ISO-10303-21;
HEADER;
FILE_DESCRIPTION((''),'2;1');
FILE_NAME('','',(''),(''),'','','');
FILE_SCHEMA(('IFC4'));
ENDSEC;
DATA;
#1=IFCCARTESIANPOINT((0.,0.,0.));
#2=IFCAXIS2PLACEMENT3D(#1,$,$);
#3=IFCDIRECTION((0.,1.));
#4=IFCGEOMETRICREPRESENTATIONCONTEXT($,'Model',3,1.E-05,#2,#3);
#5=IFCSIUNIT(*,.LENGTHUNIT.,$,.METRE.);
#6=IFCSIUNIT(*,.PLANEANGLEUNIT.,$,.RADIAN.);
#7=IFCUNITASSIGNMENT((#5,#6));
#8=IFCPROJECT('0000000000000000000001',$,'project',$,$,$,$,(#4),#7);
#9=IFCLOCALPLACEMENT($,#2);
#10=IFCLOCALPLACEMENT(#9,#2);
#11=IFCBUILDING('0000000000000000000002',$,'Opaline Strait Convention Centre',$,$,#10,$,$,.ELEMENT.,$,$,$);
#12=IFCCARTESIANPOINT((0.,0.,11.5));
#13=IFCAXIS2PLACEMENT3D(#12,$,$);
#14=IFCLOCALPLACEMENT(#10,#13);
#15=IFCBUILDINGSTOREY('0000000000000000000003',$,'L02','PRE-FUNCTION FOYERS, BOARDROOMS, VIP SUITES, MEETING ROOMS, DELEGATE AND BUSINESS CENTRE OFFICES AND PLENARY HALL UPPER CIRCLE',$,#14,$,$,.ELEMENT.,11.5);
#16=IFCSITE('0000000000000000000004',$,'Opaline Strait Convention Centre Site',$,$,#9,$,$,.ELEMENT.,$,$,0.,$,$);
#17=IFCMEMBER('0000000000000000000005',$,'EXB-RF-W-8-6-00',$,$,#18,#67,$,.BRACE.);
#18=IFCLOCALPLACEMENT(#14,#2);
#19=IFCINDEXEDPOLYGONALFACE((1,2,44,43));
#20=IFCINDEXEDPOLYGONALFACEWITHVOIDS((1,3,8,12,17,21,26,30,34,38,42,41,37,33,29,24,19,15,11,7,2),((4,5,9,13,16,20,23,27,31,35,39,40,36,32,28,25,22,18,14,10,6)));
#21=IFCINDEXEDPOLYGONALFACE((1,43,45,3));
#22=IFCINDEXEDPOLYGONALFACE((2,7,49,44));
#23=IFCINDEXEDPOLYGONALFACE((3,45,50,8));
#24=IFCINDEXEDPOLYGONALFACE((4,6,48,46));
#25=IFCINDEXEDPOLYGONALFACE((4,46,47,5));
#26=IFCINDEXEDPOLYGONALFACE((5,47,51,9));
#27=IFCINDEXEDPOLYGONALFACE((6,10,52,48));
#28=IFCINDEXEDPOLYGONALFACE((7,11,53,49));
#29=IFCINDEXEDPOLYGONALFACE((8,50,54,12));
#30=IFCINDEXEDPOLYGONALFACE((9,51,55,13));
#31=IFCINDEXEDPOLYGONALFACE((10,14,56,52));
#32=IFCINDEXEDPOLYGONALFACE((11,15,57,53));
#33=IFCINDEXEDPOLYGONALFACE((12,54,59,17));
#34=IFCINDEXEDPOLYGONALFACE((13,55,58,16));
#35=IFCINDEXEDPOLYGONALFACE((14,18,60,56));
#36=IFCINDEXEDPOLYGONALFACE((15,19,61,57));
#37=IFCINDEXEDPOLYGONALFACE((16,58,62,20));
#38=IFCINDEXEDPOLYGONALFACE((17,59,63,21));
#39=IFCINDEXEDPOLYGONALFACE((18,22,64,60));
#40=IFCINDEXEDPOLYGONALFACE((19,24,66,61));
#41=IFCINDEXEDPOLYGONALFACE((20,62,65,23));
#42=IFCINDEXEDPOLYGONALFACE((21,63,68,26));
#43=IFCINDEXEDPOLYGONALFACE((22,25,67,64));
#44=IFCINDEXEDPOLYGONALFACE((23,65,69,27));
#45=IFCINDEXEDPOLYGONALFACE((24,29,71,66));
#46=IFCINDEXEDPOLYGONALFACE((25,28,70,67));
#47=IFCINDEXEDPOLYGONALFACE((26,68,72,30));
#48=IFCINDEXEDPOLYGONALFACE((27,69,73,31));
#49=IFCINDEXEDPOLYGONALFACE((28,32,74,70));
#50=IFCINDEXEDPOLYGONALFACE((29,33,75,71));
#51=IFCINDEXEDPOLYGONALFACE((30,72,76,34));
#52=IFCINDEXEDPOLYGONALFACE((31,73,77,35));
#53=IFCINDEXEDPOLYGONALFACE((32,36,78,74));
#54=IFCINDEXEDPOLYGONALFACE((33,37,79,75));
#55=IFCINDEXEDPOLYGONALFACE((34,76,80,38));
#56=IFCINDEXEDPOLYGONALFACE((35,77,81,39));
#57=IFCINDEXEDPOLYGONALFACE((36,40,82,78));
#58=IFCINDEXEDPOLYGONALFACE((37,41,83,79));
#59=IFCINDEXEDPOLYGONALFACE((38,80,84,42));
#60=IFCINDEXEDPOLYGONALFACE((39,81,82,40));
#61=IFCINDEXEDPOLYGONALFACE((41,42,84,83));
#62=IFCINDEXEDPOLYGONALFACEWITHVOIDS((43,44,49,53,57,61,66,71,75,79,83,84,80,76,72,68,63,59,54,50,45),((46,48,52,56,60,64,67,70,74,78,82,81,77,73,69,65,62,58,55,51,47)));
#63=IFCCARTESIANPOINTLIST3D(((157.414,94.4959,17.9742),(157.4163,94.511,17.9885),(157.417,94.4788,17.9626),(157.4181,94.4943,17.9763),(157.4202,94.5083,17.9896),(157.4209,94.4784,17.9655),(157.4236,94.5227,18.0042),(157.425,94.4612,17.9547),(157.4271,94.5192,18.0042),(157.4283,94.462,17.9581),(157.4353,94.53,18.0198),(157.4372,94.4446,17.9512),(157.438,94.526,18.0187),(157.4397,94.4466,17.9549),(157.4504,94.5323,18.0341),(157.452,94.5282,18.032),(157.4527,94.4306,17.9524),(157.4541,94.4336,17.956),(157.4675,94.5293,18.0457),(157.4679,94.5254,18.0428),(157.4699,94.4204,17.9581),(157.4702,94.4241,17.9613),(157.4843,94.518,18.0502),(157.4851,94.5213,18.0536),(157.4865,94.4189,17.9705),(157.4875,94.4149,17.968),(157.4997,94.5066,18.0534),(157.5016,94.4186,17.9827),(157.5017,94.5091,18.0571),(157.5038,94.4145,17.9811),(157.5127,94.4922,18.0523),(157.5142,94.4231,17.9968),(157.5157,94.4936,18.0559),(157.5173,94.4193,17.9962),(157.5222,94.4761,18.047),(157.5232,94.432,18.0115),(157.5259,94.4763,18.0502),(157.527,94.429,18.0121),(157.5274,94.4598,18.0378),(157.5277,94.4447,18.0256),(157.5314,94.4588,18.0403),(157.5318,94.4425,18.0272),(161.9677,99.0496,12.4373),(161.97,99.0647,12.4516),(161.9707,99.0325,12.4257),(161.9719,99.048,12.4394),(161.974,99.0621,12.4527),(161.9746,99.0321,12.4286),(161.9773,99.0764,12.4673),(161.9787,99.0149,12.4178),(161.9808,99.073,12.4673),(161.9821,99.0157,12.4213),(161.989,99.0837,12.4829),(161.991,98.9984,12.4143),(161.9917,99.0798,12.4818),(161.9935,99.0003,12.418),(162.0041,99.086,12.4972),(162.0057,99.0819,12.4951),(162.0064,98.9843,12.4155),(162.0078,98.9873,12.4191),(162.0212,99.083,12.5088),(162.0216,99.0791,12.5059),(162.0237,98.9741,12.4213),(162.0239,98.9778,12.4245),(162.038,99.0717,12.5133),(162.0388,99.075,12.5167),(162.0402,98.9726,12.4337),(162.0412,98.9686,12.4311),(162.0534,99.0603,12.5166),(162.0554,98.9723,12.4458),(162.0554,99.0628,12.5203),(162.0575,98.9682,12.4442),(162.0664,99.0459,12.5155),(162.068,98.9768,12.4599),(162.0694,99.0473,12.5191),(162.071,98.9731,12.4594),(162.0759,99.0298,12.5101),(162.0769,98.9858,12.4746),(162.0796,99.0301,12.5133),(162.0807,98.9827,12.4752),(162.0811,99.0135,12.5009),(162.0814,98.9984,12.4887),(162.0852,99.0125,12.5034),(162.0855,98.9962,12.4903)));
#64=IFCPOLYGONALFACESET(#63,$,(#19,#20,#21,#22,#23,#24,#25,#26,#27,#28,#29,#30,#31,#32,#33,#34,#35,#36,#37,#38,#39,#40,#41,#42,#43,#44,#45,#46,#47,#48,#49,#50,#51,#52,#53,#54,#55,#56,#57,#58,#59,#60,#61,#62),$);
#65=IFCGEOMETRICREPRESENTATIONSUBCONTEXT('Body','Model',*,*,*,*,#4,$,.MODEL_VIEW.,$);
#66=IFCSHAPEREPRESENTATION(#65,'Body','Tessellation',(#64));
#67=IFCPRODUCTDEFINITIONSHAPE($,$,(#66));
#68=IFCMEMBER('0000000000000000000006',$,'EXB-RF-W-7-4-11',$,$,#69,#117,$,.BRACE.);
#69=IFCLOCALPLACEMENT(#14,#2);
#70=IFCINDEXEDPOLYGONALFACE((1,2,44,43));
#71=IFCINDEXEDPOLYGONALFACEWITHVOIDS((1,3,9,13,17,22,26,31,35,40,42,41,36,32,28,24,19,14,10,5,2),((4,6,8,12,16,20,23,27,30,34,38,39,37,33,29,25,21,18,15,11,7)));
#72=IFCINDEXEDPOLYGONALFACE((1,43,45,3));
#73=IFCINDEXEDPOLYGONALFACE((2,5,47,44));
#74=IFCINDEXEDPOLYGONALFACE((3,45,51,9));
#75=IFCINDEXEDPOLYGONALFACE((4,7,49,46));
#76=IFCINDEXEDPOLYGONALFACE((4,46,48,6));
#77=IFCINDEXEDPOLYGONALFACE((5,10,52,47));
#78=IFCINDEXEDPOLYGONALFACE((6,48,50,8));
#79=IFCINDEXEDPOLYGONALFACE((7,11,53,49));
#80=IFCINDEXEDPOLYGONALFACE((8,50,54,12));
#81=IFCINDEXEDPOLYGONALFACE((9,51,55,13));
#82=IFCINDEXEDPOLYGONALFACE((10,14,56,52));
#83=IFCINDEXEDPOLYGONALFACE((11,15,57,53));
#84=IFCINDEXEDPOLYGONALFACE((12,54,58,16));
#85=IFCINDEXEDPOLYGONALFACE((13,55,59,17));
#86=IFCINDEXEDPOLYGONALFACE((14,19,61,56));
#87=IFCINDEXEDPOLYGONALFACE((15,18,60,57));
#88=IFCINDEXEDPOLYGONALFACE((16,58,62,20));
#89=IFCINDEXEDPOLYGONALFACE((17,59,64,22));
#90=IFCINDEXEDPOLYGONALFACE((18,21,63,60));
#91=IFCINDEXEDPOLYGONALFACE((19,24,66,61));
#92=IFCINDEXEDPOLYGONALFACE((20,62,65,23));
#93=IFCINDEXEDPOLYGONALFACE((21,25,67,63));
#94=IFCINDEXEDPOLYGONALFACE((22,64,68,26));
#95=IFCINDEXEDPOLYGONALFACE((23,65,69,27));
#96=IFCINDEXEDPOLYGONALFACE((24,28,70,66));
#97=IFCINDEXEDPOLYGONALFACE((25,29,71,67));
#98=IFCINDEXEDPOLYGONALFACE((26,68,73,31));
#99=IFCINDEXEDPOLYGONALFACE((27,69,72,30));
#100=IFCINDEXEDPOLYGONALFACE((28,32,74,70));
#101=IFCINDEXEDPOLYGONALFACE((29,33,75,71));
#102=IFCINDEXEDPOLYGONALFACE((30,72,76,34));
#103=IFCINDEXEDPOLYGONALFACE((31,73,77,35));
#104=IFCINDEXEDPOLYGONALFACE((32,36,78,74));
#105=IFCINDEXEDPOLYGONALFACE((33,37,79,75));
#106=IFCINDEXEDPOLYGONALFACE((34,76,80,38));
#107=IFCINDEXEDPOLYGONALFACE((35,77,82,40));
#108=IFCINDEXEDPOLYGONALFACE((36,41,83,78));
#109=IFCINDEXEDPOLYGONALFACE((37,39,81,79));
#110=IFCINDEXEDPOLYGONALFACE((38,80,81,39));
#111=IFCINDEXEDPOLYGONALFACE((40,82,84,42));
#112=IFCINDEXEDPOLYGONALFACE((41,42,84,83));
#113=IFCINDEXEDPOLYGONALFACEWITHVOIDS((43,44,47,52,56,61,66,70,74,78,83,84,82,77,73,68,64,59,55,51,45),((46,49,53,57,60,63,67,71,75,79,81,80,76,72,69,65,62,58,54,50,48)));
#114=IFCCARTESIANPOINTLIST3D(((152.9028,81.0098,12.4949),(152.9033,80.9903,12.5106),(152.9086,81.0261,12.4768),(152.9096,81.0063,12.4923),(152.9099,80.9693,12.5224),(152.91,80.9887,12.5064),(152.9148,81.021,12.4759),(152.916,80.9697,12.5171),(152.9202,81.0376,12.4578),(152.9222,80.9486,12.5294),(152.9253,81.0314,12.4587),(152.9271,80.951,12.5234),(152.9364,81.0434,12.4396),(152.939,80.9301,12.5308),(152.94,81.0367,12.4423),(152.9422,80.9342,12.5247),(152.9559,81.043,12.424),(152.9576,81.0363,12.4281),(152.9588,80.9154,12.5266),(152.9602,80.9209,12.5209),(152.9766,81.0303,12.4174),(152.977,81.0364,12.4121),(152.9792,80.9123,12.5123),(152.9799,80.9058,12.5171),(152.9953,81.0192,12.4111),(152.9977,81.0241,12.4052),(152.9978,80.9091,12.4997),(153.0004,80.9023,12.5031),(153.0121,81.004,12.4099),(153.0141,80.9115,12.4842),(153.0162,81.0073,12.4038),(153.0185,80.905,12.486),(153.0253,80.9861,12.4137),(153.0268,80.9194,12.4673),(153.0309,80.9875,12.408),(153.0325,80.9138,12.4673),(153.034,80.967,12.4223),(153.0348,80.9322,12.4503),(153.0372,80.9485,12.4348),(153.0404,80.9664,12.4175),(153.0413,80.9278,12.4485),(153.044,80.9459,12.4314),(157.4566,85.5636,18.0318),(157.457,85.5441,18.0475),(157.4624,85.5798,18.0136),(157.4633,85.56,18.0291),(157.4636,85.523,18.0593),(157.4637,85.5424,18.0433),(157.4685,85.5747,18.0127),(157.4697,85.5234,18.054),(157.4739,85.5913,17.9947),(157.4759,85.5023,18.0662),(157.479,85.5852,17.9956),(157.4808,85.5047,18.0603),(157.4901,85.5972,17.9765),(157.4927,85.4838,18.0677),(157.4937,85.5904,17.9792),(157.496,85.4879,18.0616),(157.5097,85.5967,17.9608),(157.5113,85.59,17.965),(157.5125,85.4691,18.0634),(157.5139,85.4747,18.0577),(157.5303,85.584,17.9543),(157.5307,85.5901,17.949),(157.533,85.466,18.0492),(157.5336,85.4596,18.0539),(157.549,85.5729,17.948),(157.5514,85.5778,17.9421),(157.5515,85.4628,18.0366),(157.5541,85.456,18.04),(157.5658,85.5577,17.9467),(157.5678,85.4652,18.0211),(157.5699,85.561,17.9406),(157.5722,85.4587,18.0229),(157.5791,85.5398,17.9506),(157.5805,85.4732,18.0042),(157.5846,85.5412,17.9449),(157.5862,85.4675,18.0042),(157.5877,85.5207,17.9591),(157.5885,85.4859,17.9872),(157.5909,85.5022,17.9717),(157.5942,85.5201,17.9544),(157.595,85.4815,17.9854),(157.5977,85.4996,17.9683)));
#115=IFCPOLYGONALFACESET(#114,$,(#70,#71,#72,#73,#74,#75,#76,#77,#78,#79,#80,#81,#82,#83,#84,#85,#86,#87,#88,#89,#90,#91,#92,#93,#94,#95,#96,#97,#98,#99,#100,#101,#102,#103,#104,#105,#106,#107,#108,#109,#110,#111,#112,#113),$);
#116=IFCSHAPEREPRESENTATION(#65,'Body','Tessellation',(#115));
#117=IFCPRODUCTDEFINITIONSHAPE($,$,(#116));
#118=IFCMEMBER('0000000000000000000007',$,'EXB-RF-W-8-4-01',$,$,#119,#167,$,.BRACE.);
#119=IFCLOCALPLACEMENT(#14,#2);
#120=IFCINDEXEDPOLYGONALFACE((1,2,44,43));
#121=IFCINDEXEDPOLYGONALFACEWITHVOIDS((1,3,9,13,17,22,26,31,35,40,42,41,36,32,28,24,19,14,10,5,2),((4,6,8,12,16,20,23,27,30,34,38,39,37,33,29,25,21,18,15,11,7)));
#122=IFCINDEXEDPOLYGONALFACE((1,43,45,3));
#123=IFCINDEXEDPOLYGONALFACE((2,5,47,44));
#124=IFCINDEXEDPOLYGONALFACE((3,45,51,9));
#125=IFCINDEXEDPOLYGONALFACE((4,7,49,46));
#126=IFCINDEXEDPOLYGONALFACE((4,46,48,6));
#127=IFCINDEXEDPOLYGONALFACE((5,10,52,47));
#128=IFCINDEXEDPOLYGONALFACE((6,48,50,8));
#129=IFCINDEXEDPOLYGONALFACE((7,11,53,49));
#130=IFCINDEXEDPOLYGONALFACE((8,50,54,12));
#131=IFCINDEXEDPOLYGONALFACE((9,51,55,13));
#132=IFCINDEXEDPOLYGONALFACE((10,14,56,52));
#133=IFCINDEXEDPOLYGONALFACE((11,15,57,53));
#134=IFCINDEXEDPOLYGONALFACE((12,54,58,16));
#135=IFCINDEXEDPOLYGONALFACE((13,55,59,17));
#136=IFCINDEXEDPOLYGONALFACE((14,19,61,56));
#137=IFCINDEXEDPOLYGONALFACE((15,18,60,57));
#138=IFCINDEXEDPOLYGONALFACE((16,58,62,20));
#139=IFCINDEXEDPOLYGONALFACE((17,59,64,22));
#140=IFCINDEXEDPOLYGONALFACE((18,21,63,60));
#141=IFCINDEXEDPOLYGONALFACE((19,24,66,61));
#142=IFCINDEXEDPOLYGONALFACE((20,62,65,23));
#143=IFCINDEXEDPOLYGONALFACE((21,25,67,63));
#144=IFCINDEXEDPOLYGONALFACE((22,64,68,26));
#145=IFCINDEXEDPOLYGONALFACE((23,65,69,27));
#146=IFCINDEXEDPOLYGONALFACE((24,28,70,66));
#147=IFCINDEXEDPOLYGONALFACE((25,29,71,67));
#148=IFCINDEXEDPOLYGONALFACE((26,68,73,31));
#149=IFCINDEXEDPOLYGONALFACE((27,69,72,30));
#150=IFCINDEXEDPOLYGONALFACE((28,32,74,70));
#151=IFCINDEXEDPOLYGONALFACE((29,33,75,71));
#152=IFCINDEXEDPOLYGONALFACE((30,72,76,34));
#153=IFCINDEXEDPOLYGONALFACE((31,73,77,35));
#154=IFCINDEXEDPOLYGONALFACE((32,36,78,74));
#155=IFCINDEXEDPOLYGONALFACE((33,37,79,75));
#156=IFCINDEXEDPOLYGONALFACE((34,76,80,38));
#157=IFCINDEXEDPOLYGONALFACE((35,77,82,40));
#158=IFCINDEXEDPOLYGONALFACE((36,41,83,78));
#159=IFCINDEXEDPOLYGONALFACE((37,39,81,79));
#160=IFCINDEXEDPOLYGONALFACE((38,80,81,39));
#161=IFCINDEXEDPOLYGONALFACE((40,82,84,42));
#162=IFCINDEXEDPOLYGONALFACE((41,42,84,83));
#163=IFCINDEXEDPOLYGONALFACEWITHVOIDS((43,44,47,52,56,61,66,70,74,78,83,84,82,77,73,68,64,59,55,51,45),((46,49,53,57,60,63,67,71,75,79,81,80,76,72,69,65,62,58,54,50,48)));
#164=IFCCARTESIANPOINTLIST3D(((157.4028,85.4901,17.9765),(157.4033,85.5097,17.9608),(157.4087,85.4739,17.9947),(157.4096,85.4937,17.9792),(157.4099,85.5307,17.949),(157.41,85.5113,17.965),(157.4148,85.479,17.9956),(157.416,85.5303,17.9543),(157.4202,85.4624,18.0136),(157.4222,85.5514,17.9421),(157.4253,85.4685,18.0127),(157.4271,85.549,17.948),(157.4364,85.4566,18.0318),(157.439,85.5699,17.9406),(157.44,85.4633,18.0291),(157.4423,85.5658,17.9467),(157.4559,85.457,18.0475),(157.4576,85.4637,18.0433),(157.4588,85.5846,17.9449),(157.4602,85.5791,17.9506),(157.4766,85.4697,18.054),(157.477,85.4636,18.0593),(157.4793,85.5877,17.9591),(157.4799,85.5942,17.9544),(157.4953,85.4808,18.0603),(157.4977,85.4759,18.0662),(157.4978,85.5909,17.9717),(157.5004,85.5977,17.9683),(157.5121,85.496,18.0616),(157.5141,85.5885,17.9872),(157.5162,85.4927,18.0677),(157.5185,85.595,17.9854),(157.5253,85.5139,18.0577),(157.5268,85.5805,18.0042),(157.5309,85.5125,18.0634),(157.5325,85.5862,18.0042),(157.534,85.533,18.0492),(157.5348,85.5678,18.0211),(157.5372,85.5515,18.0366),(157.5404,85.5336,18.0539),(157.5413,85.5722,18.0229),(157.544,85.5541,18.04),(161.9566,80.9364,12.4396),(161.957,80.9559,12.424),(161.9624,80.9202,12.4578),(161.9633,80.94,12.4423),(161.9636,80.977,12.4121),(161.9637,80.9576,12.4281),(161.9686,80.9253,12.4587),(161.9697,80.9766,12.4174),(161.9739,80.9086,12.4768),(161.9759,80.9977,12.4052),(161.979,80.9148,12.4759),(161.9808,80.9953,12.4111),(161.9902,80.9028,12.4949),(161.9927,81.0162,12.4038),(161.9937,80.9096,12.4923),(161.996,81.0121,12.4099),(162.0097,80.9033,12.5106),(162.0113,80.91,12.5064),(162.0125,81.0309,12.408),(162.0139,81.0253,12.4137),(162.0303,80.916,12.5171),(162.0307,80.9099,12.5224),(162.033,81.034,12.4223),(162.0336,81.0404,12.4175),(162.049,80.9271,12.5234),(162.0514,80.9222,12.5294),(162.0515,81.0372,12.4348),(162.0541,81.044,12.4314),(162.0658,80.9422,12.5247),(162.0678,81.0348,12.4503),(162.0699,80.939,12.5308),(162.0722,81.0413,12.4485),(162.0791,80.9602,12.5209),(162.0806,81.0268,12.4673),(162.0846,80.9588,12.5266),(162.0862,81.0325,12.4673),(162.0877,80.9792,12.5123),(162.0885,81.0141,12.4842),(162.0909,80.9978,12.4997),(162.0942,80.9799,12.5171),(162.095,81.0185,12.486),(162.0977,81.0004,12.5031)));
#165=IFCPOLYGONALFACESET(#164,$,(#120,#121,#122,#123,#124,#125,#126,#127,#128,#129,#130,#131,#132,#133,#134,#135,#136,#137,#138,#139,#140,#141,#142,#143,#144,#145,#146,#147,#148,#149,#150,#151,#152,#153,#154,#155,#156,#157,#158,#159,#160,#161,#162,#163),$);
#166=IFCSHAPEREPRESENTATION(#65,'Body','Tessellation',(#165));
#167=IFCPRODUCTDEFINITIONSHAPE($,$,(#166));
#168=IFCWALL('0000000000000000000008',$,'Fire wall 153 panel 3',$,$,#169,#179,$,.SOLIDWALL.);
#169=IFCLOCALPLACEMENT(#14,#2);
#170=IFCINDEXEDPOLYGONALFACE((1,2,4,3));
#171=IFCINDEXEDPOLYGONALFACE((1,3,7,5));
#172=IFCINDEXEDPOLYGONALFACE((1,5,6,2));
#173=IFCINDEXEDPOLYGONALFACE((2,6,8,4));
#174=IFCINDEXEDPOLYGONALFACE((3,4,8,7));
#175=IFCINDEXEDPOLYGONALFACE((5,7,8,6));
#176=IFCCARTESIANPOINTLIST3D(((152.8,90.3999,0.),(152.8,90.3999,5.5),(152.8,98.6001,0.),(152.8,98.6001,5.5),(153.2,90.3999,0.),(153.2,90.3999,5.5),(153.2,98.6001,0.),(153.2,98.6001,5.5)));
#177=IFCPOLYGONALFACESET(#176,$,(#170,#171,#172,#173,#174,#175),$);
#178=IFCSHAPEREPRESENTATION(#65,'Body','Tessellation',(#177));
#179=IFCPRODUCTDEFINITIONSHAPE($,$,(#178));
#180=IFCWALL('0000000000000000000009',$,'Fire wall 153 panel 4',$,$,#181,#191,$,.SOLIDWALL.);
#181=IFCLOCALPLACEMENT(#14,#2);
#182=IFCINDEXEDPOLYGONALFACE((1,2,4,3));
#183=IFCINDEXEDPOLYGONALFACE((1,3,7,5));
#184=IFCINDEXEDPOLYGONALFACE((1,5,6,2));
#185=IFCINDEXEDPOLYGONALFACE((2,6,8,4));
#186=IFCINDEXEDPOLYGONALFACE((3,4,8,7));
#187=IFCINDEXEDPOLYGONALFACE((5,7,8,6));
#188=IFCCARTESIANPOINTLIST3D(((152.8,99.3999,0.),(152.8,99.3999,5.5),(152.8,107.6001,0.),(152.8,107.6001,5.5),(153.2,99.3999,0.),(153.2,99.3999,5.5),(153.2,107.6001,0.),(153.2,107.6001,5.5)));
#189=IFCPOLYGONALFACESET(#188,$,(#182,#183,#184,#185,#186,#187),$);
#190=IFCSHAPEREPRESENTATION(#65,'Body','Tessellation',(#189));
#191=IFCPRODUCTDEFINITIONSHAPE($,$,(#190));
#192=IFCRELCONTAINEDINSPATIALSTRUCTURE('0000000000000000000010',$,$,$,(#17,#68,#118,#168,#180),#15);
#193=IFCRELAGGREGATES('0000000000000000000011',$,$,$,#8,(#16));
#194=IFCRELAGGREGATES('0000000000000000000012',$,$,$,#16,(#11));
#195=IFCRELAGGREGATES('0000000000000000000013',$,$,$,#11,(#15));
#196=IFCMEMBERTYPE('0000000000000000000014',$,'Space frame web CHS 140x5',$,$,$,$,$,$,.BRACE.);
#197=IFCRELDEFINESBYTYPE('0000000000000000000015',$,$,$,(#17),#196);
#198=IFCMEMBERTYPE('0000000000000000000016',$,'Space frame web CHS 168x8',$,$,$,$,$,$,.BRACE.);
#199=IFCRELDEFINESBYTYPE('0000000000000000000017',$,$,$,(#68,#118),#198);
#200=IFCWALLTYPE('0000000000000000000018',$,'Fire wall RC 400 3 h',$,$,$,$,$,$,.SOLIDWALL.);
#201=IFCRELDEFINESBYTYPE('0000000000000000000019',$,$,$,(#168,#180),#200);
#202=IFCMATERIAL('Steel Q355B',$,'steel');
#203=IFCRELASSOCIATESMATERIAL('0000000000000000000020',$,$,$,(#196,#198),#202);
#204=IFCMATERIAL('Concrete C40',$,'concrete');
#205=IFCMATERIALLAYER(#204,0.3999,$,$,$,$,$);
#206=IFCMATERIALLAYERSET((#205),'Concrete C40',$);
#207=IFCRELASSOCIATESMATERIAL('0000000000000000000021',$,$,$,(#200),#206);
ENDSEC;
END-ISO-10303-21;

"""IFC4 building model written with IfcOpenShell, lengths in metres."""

from ifc_helpers import new_model, si_unit, direction, frame, frame_2d, origin, origin_2d, place, context, subcontext, project, spatial, rectangle, hollow_circle, extrude, material, layer, layer_set, material_profile, profile_set, type_object, element, save


model = new_model("IFC4")

# Units and contexts
model_context = context("Model", 3, precision=1e-05, world=origin(), true_north=direction((0.0, 1.0)))
body_context = subcontext(model_context, "Body", "Model", "MODEL_VIEW")
ifc_project = project(units=[si_unit("LENGTHUNIT", "METRE"), si_unit("PLANEANGLEUNIT", "RADIAN")], contexts=[model_context])

# Site, building, storey
site_placement = place(None, origin())
site = spatial("IfcSite", under=ifc_project, at=site_placement, Name="Opaline Strait Convention Centre Site", CompositionType="ELEMENT", RefElevation=0.0)
building_placement = place(site_placement, origin())
building = spatial("IfcBuilding", under=site, at=building_placement, Name="Opaline Strait Convention Centre", CompositionType="ELEMENT")
storey_placement = place(building_placement, frame((0.0, 0.0, 11.5)))
storey = spatial("IfcBuildingStorey", under=building, at=storey_placement, Name="L02", Description="PRE-FUNCTION FOYERS, BOARDROOMS, VIP SUITES, MEETING ROOMS, DELEGATE AND BUSINESS CENTRE OFFICES AND PLENARY HALL UPPER CIRCLE", CompositionType="ELEMENT", Elevation=11.5)

# Shared definitions
ifc_material_1 = material(Name="Concrete C40", Category="concrete")

# Members
ifc_material_2 = material(Name="Steel Q355B", Category="steel")
ifc_material_profile_1 = material_profile(ifc_material_2, hollow_circle(Radius=0.0701, WallThickness=0.0049, at=origin_2d()), Name="CHS 140x5")
ifc_profile_set_1 = profile_set([ifc_material_profile_1], Name="Steel Q355B")
member_type_1 = type_object("IfcMemberType", Name="Space frame web CHS 140x5", PredefinedType="BRACE", material=ifc_profile_set_1)
for number, where, z_axis, x_axis, name in (
    (1, (157.4731, 94.4731, 18.0042), (0.536178, 0.536178, -0.65194), (-0.707107, 0.707107, 0.0), "EXB-RF-W-8-6-00"),
):
    element("IfcMember", number, at=place(storey_placement, frame(where, z_axis=z_axis, x_axis=x_axis)), inside=storey, type_object=member_type_1, Name=name, PredefinedType="BRACE", context=body_context, shape_type="SweptSolid", body=[
        extrude(hollow_circle(Radius=0.0701, WallThickness=0.0049, at=origin_2d()), origin(), (0.0, 0.0, 1.0), 8.4929),
    ])
ifc_material_profile_2 = material_profile(ifc_material_2, hollow_circle(Radius=0.084, WallThickness=0.0081, at=origin_2d()), Name="CHS 168x8")
ifc_profile_set_2 = profile_set([ifc_material_profile_2], Name="Steel Q355B")
member_type_2 = type_object("IfcMemberType", Name="Space frame web CHS 168x8", PredefinedType="BRACE", material=ifc_profile_set_2)
for number, where, z_axis, x_axis, name in (
    (2, (157.5269, 85.5269, 18.0042), (-0.536178, -0.536178, -0.65194), (0.707107, -0.707107, 0.0), "EXB-RF-W-7-4-11"),
    (3, (157.4731, 85.5269, 18.0042), (0.536178, -0.536178, -0.65194), (0.707107, 0.707107, 0.0), "EXB-RF-W-8-4-01"),
):
    element("IfcMember", number, at=place(storey_placement, frame(where, z_axis=z_axis, x_axis=x_axis)), inside=storey, type_object=member_type_2, Name=name, PredefinedType="BRACE", context=body_context, shape_type="SweptSolid", body=[
        extrude(hollow_circle(Radius=0.084, WallThickness=0.0081, at=origin_2d()), origin(), (0.0, 0.0, 1.0), 8.4929),
    ])

# Walls
ifc_layer = layer(ifc_material_1, 0.3999)
ifc_layer_set = layer_set([ifc_layer], Name="Concrete C40")
wall_type = type_object("IfcWallType", Name="Fire wall RC 400 3 h", PredefinedType="SOLIDWALL", material=ifc_layer_set)
for number, where, z_axis, x_axis, name in (
    (4, (153.0, 90.3999, 0.0), (0.0, 0.0, 1.0), (0.0, 1.0, 0.0), "Fire wall 153 panel 3"),
    (5, (153.0, 99.3999, 0.0), (0.0, 0.0, 1.0), (0.0, 1.0, 0.0), "Fire wall 153 panel 4"),
):
    element("IfcWall", number, at=place(storey_placement, frame(where, z_axis=z_axis, x_axis=x_axis)), inside=storey, type_object=wall_type, Name=name, PredefinedType="SOLIDWALL", context=body_context, shape_type="SweptSolid", body=[
        extrude(rectangle(XDim=8.2002, YDim=0.3999, at=frame_2d((4.1001, 0.0))), origin(), (0.0, 0.0, 1.0), 5.5),
    ])

save(model, "model.ifc")
